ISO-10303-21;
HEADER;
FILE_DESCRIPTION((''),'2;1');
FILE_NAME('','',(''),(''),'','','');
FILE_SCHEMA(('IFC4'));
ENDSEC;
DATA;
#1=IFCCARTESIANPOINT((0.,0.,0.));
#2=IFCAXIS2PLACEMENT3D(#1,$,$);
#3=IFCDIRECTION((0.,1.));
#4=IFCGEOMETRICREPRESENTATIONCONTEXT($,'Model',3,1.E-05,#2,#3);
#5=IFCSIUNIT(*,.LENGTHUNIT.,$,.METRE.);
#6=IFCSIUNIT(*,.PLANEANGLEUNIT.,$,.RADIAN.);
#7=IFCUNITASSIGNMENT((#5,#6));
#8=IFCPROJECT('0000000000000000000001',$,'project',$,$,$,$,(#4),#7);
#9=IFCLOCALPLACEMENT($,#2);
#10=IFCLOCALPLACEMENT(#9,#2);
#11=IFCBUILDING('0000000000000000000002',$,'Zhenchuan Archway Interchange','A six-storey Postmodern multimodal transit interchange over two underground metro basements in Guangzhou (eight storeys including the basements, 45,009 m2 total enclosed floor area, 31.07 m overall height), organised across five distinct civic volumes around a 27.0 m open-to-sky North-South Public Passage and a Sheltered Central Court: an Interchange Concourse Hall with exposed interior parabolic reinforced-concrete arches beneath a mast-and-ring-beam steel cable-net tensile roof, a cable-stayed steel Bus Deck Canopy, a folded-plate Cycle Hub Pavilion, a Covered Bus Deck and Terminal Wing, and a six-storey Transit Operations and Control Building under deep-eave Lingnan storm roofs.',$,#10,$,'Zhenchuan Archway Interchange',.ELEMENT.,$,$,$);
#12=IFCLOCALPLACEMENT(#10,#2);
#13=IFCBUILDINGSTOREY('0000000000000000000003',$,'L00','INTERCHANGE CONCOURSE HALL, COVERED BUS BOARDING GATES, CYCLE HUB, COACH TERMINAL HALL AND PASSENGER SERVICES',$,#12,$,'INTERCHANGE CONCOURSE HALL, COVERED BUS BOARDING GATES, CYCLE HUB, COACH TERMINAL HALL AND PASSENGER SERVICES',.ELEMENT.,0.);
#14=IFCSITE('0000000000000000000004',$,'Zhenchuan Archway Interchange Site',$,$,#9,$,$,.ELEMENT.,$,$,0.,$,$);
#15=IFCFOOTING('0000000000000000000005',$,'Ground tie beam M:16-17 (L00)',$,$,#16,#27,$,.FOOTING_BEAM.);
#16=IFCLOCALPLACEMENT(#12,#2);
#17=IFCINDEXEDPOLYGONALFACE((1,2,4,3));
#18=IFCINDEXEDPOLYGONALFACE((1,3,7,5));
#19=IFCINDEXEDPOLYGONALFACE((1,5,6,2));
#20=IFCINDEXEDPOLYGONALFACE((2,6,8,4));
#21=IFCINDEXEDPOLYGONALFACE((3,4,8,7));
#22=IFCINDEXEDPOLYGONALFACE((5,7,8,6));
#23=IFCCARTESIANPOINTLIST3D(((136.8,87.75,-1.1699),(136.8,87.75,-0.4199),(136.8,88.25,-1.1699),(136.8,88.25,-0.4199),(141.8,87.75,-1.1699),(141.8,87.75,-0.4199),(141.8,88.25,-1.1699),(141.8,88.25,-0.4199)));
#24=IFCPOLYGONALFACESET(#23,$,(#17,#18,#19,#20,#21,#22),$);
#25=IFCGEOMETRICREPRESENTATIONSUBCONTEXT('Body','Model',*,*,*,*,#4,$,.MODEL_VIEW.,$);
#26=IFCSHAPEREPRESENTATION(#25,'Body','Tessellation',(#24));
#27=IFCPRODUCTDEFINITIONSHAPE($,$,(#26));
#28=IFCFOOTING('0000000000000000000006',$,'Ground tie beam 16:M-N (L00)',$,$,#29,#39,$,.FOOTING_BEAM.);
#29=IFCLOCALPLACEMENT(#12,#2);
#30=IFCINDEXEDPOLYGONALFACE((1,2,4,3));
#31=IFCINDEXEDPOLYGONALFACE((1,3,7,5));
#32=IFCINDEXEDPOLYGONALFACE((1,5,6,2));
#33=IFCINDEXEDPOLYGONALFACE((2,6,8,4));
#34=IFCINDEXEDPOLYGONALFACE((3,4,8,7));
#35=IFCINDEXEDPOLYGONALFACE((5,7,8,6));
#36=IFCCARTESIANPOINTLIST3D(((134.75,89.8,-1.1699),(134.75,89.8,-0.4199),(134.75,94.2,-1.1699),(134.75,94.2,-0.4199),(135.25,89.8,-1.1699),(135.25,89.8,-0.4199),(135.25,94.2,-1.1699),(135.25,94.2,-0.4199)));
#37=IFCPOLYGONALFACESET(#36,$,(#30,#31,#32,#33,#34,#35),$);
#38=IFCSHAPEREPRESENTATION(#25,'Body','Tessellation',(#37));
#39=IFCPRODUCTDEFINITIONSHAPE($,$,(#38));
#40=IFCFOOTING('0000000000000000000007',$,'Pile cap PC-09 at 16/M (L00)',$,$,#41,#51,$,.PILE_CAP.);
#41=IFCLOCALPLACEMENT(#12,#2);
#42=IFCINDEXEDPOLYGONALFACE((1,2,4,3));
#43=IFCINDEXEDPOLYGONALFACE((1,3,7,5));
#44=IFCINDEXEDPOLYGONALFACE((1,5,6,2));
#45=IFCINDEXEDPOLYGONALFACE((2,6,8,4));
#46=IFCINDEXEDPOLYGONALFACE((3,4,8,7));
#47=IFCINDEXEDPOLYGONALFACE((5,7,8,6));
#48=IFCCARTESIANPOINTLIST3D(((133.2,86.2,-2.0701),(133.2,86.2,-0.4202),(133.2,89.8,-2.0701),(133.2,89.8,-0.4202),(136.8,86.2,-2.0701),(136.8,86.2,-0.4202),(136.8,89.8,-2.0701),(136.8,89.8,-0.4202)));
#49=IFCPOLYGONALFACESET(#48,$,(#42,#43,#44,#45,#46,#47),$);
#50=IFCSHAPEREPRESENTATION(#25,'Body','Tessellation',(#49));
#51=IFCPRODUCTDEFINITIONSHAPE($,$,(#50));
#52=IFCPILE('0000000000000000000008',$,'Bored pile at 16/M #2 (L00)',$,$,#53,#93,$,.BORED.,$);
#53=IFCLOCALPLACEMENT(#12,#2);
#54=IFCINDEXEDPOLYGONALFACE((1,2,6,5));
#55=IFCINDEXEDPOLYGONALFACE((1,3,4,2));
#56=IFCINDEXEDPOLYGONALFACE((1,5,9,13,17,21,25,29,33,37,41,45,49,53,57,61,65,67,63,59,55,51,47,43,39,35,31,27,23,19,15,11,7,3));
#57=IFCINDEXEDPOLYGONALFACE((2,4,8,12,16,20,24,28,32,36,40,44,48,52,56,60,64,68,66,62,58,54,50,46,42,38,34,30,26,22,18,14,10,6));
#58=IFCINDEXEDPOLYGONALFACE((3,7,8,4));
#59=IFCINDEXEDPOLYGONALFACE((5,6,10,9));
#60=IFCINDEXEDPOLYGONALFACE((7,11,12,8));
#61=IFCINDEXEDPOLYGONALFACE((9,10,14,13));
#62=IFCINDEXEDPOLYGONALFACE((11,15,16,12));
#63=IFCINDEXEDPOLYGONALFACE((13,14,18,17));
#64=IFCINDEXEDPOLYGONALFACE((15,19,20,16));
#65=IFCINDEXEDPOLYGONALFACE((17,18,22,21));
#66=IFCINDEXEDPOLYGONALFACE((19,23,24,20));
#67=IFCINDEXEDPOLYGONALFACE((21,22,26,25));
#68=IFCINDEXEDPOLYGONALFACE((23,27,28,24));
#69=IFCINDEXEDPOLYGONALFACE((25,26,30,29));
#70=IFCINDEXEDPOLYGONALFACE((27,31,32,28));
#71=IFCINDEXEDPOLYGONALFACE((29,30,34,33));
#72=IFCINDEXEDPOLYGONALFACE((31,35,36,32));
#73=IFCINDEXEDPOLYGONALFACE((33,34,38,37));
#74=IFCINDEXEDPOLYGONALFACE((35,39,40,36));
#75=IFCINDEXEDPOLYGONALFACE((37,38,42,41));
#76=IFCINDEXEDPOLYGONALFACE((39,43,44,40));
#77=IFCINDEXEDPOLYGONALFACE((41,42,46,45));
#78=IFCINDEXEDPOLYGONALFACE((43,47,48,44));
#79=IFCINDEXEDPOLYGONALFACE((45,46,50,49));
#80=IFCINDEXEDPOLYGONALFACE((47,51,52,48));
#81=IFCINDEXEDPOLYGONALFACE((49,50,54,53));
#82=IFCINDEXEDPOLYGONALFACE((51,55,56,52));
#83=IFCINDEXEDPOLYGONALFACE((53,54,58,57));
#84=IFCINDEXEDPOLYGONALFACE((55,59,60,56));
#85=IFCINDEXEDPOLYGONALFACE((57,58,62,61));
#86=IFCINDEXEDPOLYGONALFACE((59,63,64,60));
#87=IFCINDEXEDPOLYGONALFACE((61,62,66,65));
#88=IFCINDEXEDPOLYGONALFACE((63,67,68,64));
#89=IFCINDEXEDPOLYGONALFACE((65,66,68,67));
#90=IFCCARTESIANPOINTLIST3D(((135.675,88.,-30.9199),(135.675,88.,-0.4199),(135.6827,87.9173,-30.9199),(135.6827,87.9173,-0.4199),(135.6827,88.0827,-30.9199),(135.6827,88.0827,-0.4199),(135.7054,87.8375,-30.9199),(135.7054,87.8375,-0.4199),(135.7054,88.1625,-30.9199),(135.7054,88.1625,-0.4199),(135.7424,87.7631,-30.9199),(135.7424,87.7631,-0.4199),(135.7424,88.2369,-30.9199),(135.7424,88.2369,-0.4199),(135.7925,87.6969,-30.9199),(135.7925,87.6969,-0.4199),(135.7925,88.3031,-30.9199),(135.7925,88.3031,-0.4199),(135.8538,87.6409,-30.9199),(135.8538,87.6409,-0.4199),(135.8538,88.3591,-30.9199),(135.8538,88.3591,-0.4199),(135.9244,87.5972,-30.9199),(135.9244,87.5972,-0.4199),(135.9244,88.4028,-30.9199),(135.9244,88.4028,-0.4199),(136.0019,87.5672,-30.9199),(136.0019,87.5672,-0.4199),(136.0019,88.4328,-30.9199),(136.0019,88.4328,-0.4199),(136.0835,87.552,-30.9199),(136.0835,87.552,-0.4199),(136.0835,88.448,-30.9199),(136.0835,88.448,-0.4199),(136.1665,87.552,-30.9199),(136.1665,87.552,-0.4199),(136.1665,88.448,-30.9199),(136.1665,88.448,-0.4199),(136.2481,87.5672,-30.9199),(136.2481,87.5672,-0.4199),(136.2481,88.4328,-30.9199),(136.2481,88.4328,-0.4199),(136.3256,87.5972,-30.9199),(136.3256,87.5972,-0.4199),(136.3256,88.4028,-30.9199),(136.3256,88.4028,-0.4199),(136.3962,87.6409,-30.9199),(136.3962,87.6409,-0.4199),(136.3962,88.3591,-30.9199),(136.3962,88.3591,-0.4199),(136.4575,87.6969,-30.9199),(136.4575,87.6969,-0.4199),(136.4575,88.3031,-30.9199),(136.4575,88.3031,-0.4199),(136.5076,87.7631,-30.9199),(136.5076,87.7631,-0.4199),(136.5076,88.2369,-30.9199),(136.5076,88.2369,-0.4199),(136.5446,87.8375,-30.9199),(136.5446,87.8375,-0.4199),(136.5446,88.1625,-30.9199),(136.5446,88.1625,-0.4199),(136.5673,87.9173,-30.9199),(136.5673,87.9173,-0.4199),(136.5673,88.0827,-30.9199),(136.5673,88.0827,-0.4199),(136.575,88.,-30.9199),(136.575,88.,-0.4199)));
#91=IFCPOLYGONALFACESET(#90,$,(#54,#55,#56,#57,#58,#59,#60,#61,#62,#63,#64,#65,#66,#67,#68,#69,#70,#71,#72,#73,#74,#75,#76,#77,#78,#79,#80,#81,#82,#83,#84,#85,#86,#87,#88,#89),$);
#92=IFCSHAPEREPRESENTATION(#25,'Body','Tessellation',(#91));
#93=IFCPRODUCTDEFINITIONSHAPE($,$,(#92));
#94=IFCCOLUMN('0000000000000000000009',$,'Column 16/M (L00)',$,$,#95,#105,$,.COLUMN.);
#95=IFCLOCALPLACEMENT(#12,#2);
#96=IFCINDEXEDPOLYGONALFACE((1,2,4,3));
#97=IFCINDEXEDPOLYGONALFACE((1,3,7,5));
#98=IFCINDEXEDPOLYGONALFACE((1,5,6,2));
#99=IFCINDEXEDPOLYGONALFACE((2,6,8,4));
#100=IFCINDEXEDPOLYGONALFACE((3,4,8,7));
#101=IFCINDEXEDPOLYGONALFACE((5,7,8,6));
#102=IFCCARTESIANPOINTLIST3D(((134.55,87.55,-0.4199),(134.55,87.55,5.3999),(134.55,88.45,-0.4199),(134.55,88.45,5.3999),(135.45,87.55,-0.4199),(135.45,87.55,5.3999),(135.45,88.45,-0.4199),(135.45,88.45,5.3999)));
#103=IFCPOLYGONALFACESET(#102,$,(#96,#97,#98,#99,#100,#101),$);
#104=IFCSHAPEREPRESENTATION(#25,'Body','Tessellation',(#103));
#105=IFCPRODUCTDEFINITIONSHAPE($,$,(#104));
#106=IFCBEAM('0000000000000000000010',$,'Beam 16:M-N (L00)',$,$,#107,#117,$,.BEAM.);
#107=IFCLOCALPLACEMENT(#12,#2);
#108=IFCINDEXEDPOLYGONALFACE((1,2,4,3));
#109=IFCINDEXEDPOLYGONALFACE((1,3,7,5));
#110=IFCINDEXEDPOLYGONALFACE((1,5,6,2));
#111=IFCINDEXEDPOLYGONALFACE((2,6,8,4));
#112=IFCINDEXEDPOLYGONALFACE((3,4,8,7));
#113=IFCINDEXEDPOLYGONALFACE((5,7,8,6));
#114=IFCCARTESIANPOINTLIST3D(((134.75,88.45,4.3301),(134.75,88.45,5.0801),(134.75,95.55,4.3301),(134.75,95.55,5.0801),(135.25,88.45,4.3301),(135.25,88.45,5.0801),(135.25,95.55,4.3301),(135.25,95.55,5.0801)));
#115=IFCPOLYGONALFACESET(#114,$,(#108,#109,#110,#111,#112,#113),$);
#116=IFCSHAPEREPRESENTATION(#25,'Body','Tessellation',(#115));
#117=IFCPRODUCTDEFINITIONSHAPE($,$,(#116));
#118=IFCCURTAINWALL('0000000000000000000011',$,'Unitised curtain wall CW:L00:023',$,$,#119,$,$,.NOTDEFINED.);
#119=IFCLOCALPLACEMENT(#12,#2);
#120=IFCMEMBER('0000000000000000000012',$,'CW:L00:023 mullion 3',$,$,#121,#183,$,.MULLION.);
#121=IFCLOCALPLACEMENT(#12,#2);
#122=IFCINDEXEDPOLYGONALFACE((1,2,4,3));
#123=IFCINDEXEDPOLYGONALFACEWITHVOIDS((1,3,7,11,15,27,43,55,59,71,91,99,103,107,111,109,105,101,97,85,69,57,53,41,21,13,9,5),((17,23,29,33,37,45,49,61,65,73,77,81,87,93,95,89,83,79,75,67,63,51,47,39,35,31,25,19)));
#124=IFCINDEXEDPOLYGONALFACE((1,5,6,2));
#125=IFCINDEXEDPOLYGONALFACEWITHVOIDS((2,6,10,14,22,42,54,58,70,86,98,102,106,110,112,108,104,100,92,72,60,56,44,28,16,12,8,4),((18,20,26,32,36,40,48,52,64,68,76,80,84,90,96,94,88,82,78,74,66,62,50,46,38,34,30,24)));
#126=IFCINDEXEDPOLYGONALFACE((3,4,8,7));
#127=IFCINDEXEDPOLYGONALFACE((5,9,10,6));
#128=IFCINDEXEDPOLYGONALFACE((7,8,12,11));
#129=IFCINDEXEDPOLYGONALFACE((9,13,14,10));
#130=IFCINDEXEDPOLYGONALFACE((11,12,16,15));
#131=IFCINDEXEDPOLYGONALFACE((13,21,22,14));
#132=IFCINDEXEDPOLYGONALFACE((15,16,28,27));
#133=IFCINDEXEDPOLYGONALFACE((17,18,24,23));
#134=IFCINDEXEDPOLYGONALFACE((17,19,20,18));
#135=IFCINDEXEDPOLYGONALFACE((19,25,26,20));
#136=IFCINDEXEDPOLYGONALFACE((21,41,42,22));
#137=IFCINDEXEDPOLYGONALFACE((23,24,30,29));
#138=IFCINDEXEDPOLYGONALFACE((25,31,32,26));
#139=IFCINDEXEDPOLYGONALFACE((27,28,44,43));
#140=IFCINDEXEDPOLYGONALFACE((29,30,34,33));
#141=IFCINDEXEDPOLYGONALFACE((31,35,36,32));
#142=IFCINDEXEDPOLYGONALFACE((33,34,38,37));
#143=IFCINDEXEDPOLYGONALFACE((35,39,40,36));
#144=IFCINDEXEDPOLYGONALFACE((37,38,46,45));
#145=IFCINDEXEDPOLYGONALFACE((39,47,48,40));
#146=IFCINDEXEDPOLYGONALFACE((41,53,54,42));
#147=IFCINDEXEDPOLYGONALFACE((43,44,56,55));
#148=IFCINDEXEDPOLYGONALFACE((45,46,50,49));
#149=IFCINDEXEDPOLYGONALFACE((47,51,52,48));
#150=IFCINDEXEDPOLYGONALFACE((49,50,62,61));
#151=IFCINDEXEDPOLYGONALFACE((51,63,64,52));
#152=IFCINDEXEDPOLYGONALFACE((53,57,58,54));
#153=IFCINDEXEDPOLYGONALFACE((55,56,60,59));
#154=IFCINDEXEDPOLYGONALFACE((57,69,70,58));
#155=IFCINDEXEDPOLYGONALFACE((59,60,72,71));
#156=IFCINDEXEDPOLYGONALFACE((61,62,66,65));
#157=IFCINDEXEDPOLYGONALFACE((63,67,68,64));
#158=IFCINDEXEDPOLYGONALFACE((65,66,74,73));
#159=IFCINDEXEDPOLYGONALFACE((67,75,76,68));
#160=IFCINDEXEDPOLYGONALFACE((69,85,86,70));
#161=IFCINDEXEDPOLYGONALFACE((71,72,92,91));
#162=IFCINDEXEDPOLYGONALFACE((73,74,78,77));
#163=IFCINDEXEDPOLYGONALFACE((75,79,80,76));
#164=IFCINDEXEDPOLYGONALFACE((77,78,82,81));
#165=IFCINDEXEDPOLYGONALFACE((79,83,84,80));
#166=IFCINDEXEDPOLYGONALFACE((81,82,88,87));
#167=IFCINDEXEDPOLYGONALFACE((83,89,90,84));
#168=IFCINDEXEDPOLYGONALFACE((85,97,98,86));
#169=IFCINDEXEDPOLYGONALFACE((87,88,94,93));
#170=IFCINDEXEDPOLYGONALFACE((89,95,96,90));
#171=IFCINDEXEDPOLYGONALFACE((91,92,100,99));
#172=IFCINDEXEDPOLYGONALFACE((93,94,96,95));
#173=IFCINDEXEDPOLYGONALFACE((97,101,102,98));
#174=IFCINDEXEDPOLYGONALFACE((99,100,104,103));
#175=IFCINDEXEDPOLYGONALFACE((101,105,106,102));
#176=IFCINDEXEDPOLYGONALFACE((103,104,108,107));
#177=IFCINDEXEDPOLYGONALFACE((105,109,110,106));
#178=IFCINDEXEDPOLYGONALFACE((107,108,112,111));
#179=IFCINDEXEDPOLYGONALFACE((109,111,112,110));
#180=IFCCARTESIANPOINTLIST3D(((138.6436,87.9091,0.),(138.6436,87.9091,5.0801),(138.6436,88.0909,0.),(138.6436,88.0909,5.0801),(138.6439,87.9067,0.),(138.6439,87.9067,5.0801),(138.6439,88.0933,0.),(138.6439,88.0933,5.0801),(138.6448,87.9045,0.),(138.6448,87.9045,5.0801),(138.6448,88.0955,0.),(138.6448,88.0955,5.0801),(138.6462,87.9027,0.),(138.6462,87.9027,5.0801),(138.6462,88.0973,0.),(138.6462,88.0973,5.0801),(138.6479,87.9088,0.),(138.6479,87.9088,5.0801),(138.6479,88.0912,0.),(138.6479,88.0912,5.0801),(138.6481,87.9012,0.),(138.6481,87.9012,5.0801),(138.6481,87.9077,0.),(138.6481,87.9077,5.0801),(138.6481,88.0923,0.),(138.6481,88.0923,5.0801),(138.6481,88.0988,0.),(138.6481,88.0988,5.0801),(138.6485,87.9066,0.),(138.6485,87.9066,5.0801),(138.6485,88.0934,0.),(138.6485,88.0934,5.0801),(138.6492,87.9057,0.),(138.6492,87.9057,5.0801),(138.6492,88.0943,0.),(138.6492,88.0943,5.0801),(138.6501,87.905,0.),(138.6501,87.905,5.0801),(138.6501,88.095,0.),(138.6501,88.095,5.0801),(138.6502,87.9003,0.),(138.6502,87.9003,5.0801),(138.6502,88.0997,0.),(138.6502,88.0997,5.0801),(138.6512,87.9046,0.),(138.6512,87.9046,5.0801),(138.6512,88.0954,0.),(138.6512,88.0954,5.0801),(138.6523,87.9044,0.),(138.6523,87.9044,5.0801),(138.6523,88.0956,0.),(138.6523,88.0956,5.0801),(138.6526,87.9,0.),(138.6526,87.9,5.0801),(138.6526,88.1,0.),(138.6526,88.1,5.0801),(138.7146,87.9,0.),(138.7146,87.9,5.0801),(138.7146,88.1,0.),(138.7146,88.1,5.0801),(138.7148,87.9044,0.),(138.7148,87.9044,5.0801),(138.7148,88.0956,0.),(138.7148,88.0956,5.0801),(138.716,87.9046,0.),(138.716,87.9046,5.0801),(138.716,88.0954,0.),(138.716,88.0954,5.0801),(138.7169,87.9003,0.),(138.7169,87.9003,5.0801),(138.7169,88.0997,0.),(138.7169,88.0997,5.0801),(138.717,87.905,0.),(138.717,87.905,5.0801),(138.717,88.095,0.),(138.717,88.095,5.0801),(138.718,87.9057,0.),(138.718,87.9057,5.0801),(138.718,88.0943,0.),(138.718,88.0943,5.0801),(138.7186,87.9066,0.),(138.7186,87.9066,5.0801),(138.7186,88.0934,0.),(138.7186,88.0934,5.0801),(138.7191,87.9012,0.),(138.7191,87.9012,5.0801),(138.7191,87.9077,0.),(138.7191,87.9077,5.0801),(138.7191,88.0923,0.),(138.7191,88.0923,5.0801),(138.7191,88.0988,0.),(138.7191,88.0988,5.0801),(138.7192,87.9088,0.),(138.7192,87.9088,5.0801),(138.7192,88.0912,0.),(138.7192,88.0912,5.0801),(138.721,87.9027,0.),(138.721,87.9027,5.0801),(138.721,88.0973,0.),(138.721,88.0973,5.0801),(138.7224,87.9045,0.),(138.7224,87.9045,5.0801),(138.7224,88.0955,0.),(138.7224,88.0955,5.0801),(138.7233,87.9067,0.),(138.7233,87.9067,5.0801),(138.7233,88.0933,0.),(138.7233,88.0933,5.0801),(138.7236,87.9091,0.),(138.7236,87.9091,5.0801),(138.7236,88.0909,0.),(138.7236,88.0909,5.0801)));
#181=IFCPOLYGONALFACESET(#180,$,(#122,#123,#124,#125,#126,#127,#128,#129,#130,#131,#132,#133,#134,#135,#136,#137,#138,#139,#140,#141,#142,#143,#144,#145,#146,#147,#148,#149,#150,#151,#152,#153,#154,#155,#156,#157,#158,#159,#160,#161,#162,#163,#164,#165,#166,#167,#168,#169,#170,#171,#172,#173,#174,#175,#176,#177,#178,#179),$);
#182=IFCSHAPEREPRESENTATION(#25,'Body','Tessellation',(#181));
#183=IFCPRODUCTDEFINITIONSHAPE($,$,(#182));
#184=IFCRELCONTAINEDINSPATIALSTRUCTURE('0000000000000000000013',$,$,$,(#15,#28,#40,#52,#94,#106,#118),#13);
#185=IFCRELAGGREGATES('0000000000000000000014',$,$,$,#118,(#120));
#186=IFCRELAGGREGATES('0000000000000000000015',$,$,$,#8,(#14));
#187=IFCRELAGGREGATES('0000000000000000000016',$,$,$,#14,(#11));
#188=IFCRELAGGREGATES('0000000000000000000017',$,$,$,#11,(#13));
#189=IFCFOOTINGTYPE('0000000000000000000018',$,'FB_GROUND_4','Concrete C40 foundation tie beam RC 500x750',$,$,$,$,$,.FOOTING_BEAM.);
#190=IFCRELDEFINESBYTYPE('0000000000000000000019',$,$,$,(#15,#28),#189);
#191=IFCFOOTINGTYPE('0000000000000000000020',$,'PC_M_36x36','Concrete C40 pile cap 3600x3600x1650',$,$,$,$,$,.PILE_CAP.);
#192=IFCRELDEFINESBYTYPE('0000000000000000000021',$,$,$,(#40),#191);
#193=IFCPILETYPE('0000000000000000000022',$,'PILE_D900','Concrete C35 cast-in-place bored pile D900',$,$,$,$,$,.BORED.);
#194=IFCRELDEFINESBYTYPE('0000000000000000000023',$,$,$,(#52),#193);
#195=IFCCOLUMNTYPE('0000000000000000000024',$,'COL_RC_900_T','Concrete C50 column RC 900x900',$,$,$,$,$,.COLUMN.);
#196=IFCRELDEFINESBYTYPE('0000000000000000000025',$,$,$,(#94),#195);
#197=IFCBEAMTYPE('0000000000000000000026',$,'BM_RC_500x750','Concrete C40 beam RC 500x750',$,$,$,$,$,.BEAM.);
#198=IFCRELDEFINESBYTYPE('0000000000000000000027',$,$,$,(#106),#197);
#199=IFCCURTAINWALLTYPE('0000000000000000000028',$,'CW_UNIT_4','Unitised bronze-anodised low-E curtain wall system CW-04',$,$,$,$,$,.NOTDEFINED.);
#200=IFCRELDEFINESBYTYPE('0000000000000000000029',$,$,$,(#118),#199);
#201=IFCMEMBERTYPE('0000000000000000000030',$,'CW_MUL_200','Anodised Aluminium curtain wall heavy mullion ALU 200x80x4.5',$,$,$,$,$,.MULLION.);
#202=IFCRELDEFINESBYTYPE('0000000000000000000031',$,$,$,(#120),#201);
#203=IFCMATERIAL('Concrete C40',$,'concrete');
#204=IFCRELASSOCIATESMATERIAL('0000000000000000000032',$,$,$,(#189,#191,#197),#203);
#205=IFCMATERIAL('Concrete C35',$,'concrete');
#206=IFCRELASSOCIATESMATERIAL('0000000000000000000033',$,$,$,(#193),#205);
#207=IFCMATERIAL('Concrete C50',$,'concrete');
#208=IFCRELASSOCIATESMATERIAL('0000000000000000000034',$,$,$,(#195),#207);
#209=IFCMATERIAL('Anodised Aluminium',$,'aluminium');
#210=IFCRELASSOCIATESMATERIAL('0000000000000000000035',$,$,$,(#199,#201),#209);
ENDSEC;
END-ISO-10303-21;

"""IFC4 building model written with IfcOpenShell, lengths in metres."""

from ifc_helpers import new_model, si_unit, direction, frame, origin, origin_2d, place, context, subcontext, project, spatial, rectangle, hollow_rectangle, circle, extrude, material, material_profile, profile_set, type_object, element, aggregate, save


model = new_model("IFC4")

# Units and contexts
model_context = context("Model", 3, precision=1e-05, world=origin(), true_north=direction((0.0, 1.0)))
body_context = subcontext(model_context, "Body", "Model", "MODEL_VIEW")
ifc_project = project(units=[si_unit("LENGTHUNIT", "METRE"), si_unit("PLANEANGLEUNIT", "RADIAN")], contexts=[model_context])

# Site, building, storey
site_placement = place(None, origin())
site = spatial("IfcSite", under=ifc_project, at=site_placement, Name="Zhenchuan Archway Interchange Site", CompositionType="ELEMENT", RefElevation=0.0)
building_placement = place(site_placement, origin())
building = spatial("IfcBuilding", under=site, at=building_placement, Name="Zhenchuan Archway Interchange", Description="A six-storey Postmodern multimodal transit interchange over two underground metro basements in Guangzhou (eight storeys including the basements, 45,009 m2 total enclosed floor area, 31.07 m overall height), organised across five distinct civic volumes around a 27.0 m open-to-sky North-South Public Passage and a Sheltered Central Court: an Interchange Concourse Hall with exposed interior parabolic reinforced-concrete arches beneath a mast-and-ring-beam steel cable-net tensile roof, a cable-stayed steel Bus Deck Canopy, a folded-plate Cycle Hub Pavilion, a Covered Bus Deck and Terminal Wing, and a six-storey Transit Operations and Control Building under deep-eave Lingnan storm roofs.", LongName="Zhenchuan Archway Interchange", CompositionType="ELEMENT")
storey_placement = place(building_placement, origin())
storey = spatial("IfcBuildingStorey", under=building, at=storey_placement, Name="L00", Description="INTERCHANGE CONCOURSE HALL, COVERED BUS BOARDING GATES, CYCLE HUB, COACH TERMINAL HALL AND PASSENGER SERVICES", LongName="INTERCHANGE CONCOURSE HALL, COVERED BUS BOARDING GATES, CYCLE HUB, COACH TERMINAL HALL AND PASSENGER SERVICES", CompositionType="ELEMENT", Elevation=0.0)

# Footings
ifc_material_1 = material(Name="Concrete C40", Category="concrete")
ifc_material_profile_1 = material_profile(ifc_material_1, rectangle(XDim=0.5, YDim=0.75, at=origin_2d()), Name="RC 500x750")
ifc_profile_set_1 = profile_set([ifc_material_profile_1], Name="Concrete C40")
footing_type_1 = type_object("IfcFootingType", Name="FB_GROUND_4", Description="Concrete C40 foundation tie beam RC 500x750", PredefinedType="FOOTING_BEAM", material=ifc_profile_set_1)
footing_1_placement = place(storey_placement, frame((136.8, 88.0, -0.7949), z_axis=(1.0, 0.0, 0.0), x_axis=(0.0, 1.0, 0.0)))
element("IfcFooting", 1, at=footing_1_placement, inside=storey, type_object=footing_type_1, Name="Ground tie beam M:16-17 (L00)", PredefinedType="FOOTING_BEAM", context=body_context, shape_type="SweptSolid", body=[
    extrude(rectangle(XDim=0.5, YDim=0.75, at=origin_2d()), origin(), (0.0, 0.0, 1.0), 5.0),
])
footing_2_placement = place(storey_placement, frame((135.0, 89.8, -0.7949), z_axis=(0.0, 1.0, 0.0), x_axis=(-1.0, 0.0, 0.0)))
element("IfcFooting", 2, at=footing_2_placement, inside=storey, type_object=footing_type_1, Name="Ground tie beam 16:M-N (L00)", PredefinedType="FOOTING_BEAM", context=body_context, shape_type="SweptSolid", body=[
    extrude(rectangle(XDim=0.5, YDim=0.75, at=origin_2d()), origin(), (0.0, 0.0, 1.0), 4.3999),
])
footing_type_2 = type_object("IfcFootingType", Name="PC_M_36x36", Description="Concrete C40 pile cap 3600x3600x1650", PredefinedType="PILE_CAP", material=ifc_material_1)
footing_3_placement = place(storey_placement, frame((135.0, 88.0, -2.0701), z_axis=(0.0, 0.0, 1.0), x_axis=(1.0, 0.0, 0.0)))
element("IfcFooting", 3, at=footing_3_placement, inside=storey, type_object=footing_type_2, Name="Pile cap PC-09 at 16/M (L00)", PredefinedType="PILE_CAP", context=body_context, shape_type="SweptSolid", body=[
    extrude(rectangle(XDim=3.6001, YDim=3.6001, at=origin_2d()), origin(), (0.0, 0.0, 1.0), 1.6499),
])

# Pile
ifc_material_2 = material(Name="Concrete C35", Category="concrete")
ifc_material_profile_2 = material_profile(ifc_material_2, circle(Radius=0.45, at=origin_2d()), Name="BORED PILE 900")
ifc_profile_set_2 = profile_set([ifc_material_profile_2], Name="Concrete C35")
pile_type = type_object("IfcPileType", Name="PILE_D900", Description="Concrete C35 cast-in-place bored pile D900", PredefinedType="BORED", material=ifc_profile_set_2)
pile_placement = place(storey_placement, frame((136.125, 88.0, -0.4199), z_axis=(0.0, 0.0, -1.0), x_axis=(1.0, 0.0, 0.0)))
element("IfcPile", 4, at=pile_placement, inside=storey, type_object=pile_type, Name="Bored pile at 16/M #2 (L00)", PredefinedType="BORED", context=body_context, shape_type="SweptSolid", body=[
    extrude(circle(Radius=0.45, at=origin_2d()), origin(), (0.0, 0.0, 1.0), 30.5),
])

# Column
ifc_material_3 = material(Name="Concrete C50", Category="concrete")
ifc_material_profile_3 = material_profile(ifc_material_3, rectangle(XDim=0.8999, YDim=0.8999, at=origin_2d()), Name="RC 900x900")
ifc_profile_set_3 = profile_set([ifc_material_profile_3], Name="Concrete C50")
column_type = type_object("IfcColumnType", Name="COL_RC_900_T", Description="Concrete C50 column RC 900x900", PredefinedType="COLUMN", material=ifc_profile_set_3)
column_placement = place(storey_placement, frame((135.0, 88.0, -0.4199), z_axis=(0.0, 0.0, 1.0), x_axis=(1.0, 0.0, 0.0)))
element("IfcColumn", 5, at=column_placement, inside=storey, type_object=column_type, Name="Column 16/M (L00)", PredefinedType="COLUMN", context=body_context, shape_type="SweptSolid", body=[
    extrude(rectangle(XDim=0.8999, YDim=0.8999, at=origin_2d()), origin(), (0.0, 0.0, 1.0), 5.8198),
])

# Beam
ifc_material_profile_4 = material_profile(ifc_material_1, rectangle(XDim=0.5, YDim=0.75, at=origin_2d()), Name="RC 500x750")
ifc_profile_set_4 = profile_set([ifc_material_profile_4], Name="Concrete C40")
beam_type_1 = type_object("IfcBeamType", Name="BM_RC_500x750", Description="Concrete C40 beam RC 500x750", PredefinedType="BEAM", material=ifc_profile_set_4)
beam_1_placement = place(storey_placement, frame((135.0, 88.45, 4.7051), z_axis=(0.0, 1.0, 0.0), x_axis=(-1.0, 0.0, 0.0)))
element("IfcBeam", 6, at=beam_1_placement, inside=storey, type_object=beam_type_1, Name="Beam 16:M-N (L00)", PredefinedType="BEAM", context=body_context, shape_type="SweptSolid", body=[
    extrude(rectangle(XDim=0.5, YDim=0.75, at=origin_2d()), origin(), (0.0, 0.0, 1.0), 7.1001),
])

# Curtain wall, member
ifc_material_4 = material(Name="Anodised Aluminium", Category="aluminium")
curtain_wall_type = type_object("IfcCurtainWallType", Name="CW_UNIT_4", Description="Unitised bronze-anodised low-E curtain wall system CW-04", PredefinedType="NOTDEFINED", material=ifc_material_4)
curtain_wall_placement = place(storey_placement, origin())
curtain_wall = element("IfcCurtainWall", 7, at=curtain_wall_placement, inside=storey, type_object=curtain_wall_type, Name="Unitised curtain wall CW:L00:023", PredefinedType="NOTDEFINED")
ifc_material_profile_5 = material_profile(ifc_material_4, hollow_rectangle(XDim=0.0801, YDim=0.2, WallThickness=0.0044, InnerFilletRadius=0.0044, OuterFilletRadius=0.009, at=origin_2d()), Name="ALU 200x80x4.5")
ifc_profile_set_5 = profile_set([ifc_material_profile_5], Name="Anodised Aluminium")
member_type_1 = type_object("IfcMemberType", Name="CW_MUL_200", Description="Anodised Aluminium curtain wall heavy mullion ALU 200x80x4.5", PredefinedType="MULLION", material=ifc_profile_set_5)
member_1_placement = place(storey_placement, frame((138.6836, 88.0, 0.0), z_axis=(0.0, 0.0, 1.0), x_axis=(1.0, 0.0, 0.0)))
member_1 = element("IfcMember", 8, at=member_1_placement, type_object=member_type_1, Name="CW:L00:023 mullion 3", PredefinedType="MULLION", context=body_context, shape_type="SweptSolid", body=[
    extrude(hollow_rectangle(XDim=0.0801, YDim=0.2, WallThickness=0.0044, InnerFilletRadius=0.0044, OuterFilletRadius=0.009, at=origin_2d()), origin(), (0.0, 0.0, 1.0), 5.0801),
])

aggregate(curtain_wall, [member_1])

save(model, "model.ifc")
